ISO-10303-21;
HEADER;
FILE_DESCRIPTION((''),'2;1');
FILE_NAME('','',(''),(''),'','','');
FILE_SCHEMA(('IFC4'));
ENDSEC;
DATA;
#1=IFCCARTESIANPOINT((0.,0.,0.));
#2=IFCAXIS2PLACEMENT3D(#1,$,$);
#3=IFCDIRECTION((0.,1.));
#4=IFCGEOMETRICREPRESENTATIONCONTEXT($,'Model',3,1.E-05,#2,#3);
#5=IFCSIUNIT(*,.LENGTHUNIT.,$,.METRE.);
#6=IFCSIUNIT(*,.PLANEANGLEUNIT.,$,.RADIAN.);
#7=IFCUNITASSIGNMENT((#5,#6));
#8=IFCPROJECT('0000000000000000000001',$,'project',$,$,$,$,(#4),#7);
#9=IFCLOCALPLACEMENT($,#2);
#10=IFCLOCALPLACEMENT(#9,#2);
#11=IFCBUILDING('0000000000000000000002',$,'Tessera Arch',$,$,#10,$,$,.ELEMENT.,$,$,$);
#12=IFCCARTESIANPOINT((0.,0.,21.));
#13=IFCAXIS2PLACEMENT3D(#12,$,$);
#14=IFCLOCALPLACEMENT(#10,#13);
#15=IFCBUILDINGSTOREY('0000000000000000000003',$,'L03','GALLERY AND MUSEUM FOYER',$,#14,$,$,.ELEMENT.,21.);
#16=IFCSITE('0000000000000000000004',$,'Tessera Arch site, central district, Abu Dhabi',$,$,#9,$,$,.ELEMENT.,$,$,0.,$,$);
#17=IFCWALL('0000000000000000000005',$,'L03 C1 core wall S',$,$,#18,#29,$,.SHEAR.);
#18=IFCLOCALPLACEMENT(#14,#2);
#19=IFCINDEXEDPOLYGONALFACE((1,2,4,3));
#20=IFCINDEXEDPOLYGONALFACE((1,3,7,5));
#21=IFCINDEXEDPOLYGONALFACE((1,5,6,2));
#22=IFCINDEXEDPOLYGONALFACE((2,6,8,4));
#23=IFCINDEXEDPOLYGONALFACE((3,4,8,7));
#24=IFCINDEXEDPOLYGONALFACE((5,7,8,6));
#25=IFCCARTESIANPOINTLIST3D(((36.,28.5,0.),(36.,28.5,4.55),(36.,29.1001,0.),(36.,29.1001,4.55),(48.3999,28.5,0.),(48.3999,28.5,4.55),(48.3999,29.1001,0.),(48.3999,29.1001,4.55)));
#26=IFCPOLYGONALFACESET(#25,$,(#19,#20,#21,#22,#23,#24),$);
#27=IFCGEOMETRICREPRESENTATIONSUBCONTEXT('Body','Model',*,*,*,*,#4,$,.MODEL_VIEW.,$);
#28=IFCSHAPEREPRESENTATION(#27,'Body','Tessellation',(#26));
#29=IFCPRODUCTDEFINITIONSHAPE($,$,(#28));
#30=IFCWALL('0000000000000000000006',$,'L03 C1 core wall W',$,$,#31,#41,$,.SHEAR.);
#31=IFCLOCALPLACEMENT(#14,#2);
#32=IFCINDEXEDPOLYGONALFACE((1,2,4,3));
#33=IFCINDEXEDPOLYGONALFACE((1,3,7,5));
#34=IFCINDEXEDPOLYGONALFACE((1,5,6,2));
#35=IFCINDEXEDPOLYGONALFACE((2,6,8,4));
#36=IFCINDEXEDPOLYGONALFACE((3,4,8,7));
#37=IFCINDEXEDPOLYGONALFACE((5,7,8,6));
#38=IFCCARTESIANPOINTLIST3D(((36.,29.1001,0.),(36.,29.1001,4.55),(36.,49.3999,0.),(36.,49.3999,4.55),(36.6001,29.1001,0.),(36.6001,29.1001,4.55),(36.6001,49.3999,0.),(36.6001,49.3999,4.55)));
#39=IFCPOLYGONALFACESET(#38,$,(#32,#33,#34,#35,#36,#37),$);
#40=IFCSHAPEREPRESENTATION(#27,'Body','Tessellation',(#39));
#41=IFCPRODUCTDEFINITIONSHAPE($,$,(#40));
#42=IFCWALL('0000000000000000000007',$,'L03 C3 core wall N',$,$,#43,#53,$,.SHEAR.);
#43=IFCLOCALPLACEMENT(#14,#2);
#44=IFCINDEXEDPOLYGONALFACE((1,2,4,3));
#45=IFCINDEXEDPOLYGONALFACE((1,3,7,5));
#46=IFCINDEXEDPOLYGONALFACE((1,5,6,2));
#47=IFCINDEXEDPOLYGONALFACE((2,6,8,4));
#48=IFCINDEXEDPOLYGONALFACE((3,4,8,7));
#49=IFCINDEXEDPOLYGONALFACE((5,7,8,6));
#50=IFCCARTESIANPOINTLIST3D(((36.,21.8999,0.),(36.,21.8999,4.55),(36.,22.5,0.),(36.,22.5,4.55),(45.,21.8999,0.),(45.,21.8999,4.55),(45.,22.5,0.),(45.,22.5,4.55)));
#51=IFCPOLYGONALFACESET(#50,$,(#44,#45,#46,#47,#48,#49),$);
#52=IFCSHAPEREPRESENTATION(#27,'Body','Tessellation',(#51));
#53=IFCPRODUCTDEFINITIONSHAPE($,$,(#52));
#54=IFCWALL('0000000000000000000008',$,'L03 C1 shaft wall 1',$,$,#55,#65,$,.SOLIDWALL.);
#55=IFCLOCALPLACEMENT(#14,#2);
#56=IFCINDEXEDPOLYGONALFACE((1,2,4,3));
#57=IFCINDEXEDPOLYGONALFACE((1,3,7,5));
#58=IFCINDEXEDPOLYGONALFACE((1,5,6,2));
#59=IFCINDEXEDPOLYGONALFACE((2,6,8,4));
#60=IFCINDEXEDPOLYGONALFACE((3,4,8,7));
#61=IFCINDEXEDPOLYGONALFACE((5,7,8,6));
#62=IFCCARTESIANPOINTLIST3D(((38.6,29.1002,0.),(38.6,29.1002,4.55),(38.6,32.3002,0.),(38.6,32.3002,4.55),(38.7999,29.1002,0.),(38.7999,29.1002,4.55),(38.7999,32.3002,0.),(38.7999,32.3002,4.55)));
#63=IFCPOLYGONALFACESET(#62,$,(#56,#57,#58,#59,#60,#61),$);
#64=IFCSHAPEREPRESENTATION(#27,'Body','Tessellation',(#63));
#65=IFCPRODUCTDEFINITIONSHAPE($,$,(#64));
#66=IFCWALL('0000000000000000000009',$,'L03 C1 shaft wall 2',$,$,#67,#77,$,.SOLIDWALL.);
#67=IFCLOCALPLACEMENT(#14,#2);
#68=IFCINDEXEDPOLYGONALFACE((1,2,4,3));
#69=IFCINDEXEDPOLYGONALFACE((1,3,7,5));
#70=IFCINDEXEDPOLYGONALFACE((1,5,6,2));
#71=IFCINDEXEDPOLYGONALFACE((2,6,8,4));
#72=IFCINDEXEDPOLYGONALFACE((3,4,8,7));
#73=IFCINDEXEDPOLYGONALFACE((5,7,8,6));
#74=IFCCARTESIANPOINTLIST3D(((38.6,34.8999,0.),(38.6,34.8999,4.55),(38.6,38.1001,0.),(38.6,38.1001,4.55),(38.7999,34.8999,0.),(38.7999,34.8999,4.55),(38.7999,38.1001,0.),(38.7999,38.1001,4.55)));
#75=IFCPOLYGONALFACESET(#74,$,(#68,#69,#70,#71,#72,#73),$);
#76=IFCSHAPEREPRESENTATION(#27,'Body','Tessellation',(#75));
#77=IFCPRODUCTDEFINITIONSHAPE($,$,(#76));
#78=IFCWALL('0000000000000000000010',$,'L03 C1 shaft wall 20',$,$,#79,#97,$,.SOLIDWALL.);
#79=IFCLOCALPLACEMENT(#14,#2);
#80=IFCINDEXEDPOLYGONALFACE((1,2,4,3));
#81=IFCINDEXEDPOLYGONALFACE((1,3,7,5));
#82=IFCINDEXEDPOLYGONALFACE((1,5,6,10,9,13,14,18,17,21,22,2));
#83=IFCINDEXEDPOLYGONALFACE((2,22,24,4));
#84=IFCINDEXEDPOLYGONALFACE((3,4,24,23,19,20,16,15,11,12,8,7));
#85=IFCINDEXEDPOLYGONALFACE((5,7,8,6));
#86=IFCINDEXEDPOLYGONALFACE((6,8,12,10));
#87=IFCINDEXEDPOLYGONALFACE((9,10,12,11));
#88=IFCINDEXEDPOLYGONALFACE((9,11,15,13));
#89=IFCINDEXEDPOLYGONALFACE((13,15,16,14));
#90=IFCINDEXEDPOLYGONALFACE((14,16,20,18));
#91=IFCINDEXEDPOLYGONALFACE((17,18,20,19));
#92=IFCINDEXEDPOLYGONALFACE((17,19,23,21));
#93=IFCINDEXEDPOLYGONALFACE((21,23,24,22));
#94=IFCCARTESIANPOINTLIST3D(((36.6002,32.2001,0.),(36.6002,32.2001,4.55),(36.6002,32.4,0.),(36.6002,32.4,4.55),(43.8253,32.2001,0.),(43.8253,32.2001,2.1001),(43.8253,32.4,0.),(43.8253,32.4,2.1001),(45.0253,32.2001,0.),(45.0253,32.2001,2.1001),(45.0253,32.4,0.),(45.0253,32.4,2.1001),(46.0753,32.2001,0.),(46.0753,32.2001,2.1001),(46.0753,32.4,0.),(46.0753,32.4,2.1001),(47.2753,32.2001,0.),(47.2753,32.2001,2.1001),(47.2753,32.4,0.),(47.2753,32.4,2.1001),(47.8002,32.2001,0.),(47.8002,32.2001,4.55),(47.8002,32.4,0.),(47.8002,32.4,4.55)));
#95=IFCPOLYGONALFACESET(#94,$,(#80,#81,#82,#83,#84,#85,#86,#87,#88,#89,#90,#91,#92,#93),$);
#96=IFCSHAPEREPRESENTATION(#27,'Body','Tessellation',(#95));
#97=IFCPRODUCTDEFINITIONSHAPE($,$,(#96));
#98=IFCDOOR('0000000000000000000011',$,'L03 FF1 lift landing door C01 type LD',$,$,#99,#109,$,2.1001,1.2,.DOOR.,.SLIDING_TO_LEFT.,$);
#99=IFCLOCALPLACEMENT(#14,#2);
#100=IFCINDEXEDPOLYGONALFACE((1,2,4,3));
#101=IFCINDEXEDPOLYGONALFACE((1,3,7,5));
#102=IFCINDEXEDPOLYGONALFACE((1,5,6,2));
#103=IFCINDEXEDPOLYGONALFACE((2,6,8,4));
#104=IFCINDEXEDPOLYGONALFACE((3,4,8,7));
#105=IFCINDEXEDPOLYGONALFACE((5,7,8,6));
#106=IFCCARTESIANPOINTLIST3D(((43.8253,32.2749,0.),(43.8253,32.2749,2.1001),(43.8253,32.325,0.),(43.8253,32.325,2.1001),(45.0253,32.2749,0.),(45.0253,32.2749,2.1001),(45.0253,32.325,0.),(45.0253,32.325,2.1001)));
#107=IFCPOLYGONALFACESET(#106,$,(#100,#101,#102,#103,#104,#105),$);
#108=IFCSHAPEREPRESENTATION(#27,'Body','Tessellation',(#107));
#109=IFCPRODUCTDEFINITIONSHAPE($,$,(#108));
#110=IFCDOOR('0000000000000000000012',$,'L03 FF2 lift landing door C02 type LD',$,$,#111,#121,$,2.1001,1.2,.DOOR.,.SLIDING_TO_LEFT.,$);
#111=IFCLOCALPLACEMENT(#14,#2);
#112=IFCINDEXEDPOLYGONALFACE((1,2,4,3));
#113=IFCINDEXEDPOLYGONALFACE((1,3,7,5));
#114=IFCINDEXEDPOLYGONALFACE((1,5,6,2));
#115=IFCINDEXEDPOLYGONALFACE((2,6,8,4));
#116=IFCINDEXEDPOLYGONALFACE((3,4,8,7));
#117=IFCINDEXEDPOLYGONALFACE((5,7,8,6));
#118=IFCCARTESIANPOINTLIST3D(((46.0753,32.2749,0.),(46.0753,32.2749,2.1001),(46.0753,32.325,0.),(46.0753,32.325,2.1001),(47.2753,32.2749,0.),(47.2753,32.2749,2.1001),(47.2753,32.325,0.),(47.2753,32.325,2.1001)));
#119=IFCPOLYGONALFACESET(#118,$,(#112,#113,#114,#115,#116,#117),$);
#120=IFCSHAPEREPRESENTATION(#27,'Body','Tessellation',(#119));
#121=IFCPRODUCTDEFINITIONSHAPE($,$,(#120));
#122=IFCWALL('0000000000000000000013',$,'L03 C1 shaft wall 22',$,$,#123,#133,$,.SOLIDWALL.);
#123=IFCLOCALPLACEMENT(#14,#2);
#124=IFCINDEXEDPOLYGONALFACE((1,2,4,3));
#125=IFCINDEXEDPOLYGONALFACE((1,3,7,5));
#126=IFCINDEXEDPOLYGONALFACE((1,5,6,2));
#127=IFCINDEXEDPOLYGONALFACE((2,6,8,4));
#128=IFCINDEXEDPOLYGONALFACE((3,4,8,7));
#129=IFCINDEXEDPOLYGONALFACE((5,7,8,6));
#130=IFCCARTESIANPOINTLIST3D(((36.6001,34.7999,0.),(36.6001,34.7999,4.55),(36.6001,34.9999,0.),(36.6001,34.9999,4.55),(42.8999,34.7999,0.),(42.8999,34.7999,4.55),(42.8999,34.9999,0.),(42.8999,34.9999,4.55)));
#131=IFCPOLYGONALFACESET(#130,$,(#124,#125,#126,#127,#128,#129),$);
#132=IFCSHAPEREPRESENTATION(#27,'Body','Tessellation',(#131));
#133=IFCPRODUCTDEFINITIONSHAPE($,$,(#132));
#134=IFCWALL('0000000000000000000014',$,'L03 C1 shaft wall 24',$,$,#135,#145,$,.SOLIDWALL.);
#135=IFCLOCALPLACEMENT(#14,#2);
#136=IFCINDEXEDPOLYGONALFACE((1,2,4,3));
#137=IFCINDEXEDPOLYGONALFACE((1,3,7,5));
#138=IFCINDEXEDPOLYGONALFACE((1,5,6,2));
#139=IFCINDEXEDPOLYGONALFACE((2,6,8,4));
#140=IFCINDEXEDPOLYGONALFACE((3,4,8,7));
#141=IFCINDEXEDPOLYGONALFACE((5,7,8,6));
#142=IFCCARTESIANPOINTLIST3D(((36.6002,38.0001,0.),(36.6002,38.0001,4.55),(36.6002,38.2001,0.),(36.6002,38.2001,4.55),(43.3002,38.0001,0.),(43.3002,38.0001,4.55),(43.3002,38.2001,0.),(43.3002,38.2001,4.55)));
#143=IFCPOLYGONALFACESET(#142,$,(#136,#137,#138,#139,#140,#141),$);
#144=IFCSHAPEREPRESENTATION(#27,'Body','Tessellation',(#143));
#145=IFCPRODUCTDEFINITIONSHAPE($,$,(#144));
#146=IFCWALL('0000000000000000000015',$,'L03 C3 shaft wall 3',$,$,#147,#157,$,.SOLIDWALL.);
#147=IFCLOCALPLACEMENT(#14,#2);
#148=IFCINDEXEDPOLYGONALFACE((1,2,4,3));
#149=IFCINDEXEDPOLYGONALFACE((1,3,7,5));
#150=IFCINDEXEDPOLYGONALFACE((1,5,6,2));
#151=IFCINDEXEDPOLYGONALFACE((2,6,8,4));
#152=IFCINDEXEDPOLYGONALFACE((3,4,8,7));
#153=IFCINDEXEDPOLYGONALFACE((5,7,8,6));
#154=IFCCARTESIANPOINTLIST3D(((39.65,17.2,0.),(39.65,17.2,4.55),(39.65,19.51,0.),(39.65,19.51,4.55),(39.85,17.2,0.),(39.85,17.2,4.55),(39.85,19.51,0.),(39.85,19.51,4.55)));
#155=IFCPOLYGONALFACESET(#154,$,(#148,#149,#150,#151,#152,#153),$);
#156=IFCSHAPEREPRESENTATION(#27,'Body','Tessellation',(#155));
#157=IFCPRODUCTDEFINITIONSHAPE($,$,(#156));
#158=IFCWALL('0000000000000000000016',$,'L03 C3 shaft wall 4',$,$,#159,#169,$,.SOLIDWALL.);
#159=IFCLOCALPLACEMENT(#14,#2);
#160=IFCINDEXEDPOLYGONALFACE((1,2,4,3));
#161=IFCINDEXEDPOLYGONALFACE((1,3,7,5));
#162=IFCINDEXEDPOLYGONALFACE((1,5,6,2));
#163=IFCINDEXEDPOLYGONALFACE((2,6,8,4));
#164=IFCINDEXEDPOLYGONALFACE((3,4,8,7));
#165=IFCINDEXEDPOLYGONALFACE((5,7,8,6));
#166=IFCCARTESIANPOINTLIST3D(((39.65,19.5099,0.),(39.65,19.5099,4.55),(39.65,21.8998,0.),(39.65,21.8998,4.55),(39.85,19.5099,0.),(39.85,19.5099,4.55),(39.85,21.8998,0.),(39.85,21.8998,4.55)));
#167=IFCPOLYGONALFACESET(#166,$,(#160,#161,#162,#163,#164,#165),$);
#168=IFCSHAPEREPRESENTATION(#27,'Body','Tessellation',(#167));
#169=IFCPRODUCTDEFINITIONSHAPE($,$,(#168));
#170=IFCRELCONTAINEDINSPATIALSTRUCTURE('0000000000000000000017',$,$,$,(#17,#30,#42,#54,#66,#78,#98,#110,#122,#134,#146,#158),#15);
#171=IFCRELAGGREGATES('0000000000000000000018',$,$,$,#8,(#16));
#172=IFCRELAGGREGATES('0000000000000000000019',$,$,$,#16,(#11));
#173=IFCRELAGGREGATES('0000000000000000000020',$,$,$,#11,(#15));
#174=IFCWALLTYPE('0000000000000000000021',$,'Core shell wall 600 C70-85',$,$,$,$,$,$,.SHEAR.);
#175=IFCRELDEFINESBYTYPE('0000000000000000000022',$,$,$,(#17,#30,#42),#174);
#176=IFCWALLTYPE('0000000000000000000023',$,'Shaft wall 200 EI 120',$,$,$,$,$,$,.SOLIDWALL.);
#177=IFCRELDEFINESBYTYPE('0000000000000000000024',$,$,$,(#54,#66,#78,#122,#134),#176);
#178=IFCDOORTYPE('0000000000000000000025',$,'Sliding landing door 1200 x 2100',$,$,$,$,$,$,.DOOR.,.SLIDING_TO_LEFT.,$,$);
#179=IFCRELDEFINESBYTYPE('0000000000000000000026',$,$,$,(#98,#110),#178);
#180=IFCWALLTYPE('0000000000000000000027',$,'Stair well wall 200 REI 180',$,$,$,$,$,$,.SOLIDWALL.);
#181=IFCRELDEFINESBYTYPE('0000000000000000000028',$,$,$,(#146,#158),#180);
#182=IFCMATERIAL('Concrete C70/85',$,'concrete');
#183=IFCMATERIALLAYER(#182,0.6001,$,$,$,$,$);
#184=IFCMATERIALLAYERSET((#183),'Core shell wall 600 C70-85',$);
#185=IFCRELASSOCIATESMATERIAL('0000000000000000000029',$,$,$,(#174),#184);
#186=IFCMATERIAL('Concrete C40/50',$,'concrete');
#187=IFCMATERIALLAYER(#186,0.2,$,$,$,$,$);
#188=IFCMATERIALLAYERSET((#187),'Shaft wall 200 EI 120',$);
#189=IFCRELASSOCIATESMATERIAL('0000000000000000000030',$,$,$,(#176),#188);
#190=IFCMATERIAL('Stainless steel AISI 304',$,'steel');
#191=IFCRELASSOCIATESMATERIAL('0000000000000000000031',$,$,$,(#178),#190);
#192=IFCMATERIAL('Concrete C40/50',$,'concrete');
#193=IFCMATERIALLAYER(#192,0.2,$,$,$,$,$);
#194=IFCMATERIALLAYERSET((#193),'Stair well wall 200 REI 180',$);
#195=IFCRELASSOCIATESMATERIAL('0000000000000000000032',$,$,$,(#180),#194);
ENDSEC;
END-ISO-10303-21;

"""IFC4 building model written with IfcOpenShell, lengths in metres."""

from ifc_helpers import new_model, si_unit, direction, frame, frame_2d, origin, place, context, subcontext, project, spatial, rectangle, extrude, material, layer, layer_set, type_object, element, fill, save


model = new_model("IFC4")

# Units and contexts
model_context = context("Model", 3, precision=1e-05, world=origin(), true_north=direction((0.0, 1.0)))
body_context = subcontext(model_context, "Body", "Model", "MODEL_VIEW")
ifc_project = project(units=[si_unit("LENGTHUNIT", "METRE"), si_unit("PLANEANGLEUNIT", "RADIAN")], contexts=[model_context])

# Site, building, storey
site_placement = place(None, origin())
site = spatial("IfcSite", under=ifc_project, at=site_placement, Name="Tessera Arch site, central district, Abu Dhabi", CompositionType="ELEMENT", RefElevation=0.0)
building_placement = place(site_placement, origin())
building = spatial("IfcBuilding", under=site, at=building_placement, Name="Tessera Arch", CompositionType="ELEMENT")
storey_placement = place(building_placement, frame((0.0, 0.0, 21.0)))
storey = spatial("IfcBuildingStorey", under=building, at=storey_placement, Name="L03", Description="GALLERY AND MUSEUM FOYER", CompositionType="ELEMENT", Elevation=21.0)

# Walls
ifc_material_1 = material(Name="Concrete C70/85", Category="concrete")
ifc_layer_1 = layer(ifc_material_1, 0.6001)
ifc_layer_set_1 = layer_set([ifc_layer_1], Name="Core shell wall 600 C70-85")
wall_type_1 = type_object("IfcWallType", Name="Core shell wall 600 C70-85", PredefinedType="SHEAR", material=ifc_layer_set_1)
wall_1_placement = place(storey_placement, frame((36.0, 28.8, 0.0), z_axis=(0.0, 0.0, 1.0), x_axis=(1.0, 0.0, 0.0)))
element("IfcWall", 1, at=wall_1_placement, inside=storey, type_object=wall_type_1, Name="L03 C1 core wall S", PredefinedType="SHEAR", context=body_context, shape_type="SweptSolid", body=[
    extrude(rectangle(XDim=12.3999, YDim=0.6001, at=frame_2d((6.2, 0.0))), origin(), (0.0, 0.0, 1.0), 4.55),
])
wall_2_placement = place(storey_placement, frame((36.3, 29.1001, 0.0), z_axis=(0.0, 0.0, 1.0), x_axis=(0.0, 1.0, 0.0)))
element("IfcWall", 2, at=wall_2_placement, inside=storey, type_object=wall_type_1, Name="L03 C1 core wall W", PredefinedType="SHEAR", context=body_context, shape_type="SweptSolid", body=[
    extrude(rectangle(XDim=20.2998, YDim=0.6001, at=frame_2d((10.1499, 0.0))), origin(), (0.0, 0.0, 1.0), 4.55),
])
wall_3_placement = place(storey_placement, frame((36.0, 22.2, 0.0), z_axis=(0.0, 0.0, 1.0), x_axis=(1.0, 0.0, 0.0)))
element("IfcWall", 3, at=wall_3_placement, inside=storey, type_object=wall_type_1, Name="L03 C3 core wall N", PredefinedType="SHEAR", context=body_context, shape_type="SweptSolid", body=[
    extrude(rectangle(XDim=9.0, YDim=0.6001, at=frame_2d((4.5, 0.0))), origin(), (0.0, 0.0, 1.0), 4.55),
])
ifc_material_2 = material(Name="Concrete C40/50", Category="concrete")
ifc_layer_2 = layer(ifc_material_2, 0.2)
ifc_layer_set_2 = layer_set([ifc_layer_2], Name="Shaft wall 200 EI 120")
wall_type_2 = type_object("IfcWallType", Name="Shaft wall 200 EI 120", PredefinedType="SOLIDWALL", material=ifc_layer_set_2)
wall_4_placement = place(storey_placement, frame((38.7, 29.1001, 0.0), z_axis=(0.0, 0.0, 1.0), x_axis=(0.0, 1.0, 0.0)))
element("IfcWall", 4, at=wall_4_placement, inside=storey, type_object=wall_type_2, Name="L03 C1 shaft wall 1", PredefinedType="SOLIDWALL", context=body_context, shape_type="SweptSolid", body=[
    extrude(rectangle(XDim=3.2, YDim=0.2, at=frame_2d((1.6001, 0.0))), origin(), (0.0, 0.0, 1.0), 4.55),
])
wall_5_placement = place(storey_placement, frame((38.7, 34.8999, 0.0), z_axis=(0.0, 0.0, 1.0), x_axis=(0.0, 1.0, 0.0)))
element("IfcWall", 5, at=wall_5_placement, inside=storey, type_object=wall_type_2, Name="L03 C1 shaft wall 2", PredefinedType="SOLIDWALL", context=body_context, shape_type="SweptSolid", body=[
    extrude(rectangle(XDim=3.2002, YDim=0.2, at=frame_2d((1.6001, 0.0))), origin(), (0.0, 0.0, 1.0), 4.55),
])

# Wall, openings, doors
wall_6_placement = place(storey_placement, frame((36.6001, 32.3, 0.0), z_axis=(0.0, 0.0, 1.0), x_axis=(1.0, 0.0, 0.0)))
wall_6 = element("IfcWall", 6, at=wall_6_placement, inside=storey, type_object=wall_type_2, Name="L03 C1 shaft wall 20", PredefinedType="SOLIDWALL", context=body_context, shape_type="SweptSolid", body=[
    extrude(rectangle(XDim=11.2, YDim=0.2, at=frame_2d((5.6001, 0.0))), origin(), (0.0, 0.0, 1.0), 4.55),
])
opening_1_placement = place(wall_6_placement, frame((7.2251, 0.0, 0.0)))
opening_1 = element("IfcOpeningElement", 7, at=opening_1_placement, cuts=wall_6, PredefinedType="OPENING", context=body_context, shape_type="SweptSolid", body=[
    extrude(rectangle(XDim=1.2, YDim=2.1001, at=frame_2d((0.6001, 1.05))), frame((0.0, 0.1099, 0.0), z_axis=(0.0, -1.0, 0.0), x_axis=(1.0, 0.0, 0.0)), (0.0, 0.0, 1.0), 0.22),
])
opening_2_placement = place(wall_6_placement, frame((9.4751, 0.0, 0.0)))
opening_2 = element("IfcOpeningElement", 8, at=opening_2_placement, cuts=wall_6, PredefinedType="OPENING", context=body_context, shape_type="SweptSolid", body=[
    extrude(rectangle(XDim=1.2, YDim=2.1001, at=frame_2d((0.6001, 1.05))), frame((0.0, 0.1099, 0.0), z_axis=(0.0, -1.0, 0.0), x_axis=(1.0, 0.0, 0.0)), (0.0, 0.0, 1.0), 0.22),
])
ifc_material_3 = material(Name="Stainless steel AISI 304", Category="steel")
door_type = type_object("IfcDoorType", Name="Sliding landing door 1200 x 2100", OperationType="SLIDING_TO_LEFT", PredefinedType="DOOR", material=ifc_material_3)
door_1_placement = place(opening_1_placement, origin())
door_1 = element("IfcDoor", 9, at=door_1_placement, inside=storey, type_object=door_type, Name="L03 FF1 lift landing door C01 type LD", OperationType="SLIDING_TO_LEFT", OverallHeight=2.1001, OverallWidth=1.2, PredefinedType="DOOR", context=body_context, shape_type="SweptSolid", body=[
    extrude(rectangle(XDim=1.2, YDim=2.1001, at=frame_2d((0.6001, 1.05))), frame((0.0, 0.0249, 0.0), z_axis=(0.0, -1.0, 0.0), x_axis=(1.0, 0.0, 0.0)), (0.0, 0.0, 1.0), 0.05),
])
fill(opening_1, door_1)
door_2_placement = place(opening_2_placement, origin())
door_2 = element("IfcDoor", 10, at=door_2_placement, inside=storey, type_object=door_type, Name="L03 FF2 lift landing door C02 type LD", OperationType="SLIDING_TO_LEFT", OverallHeight=2.1001, OverallWidth=1.2, PredefinedType="DOOR", context=body_context, shape_type="SweptSolid", body=[
    extrude(rectangle(XDim=1.2, YDim=2.1001, at=frame_2d((0.6001, 1.05))), frame((0.0, 0.0249, 0.0), z_axis=(0.0, -1.0, 0.0), x_axis=(1.0, 0.0, 0.0)), (0.0, 0.0, 1.0), 0.05),
])
fill(opening_2, door_2)

# Walls
wall_7_placement = place(storey_placement, frame((36.6001, 34.8999, 0.0), z_axis=(0.0, 0.0, 1.0), x_axis=(1.0, 0.0, 0.0)))
element("IfcWall", 11, at=wall_7_placement, inside=storey, type_object=wall_type_2, Name="L03 C1 shaft wall 22", PredefinedType="SOLIDWALL", context=body_context, shape_type="SweptSolid", body=[
    extrude(rectangle(XDim=6.2998, YDim=0.2, at=frame_2d((3.1499, 0.0))), origin(), (0.0, 0.0, 1.0), 4.55),
])
wall_8_placement = place(storey_placement, frame((36.6001, 38.1001, 0.0), z_axis=(0.0, 0.0, 1.0), x_axis=(1.0, 0.0, 0.0)))
element("IfcWall", 12, at=wall_8_placement, inside=storey, type_object=wall_type_2, Name="L03 C1 shaft wall 24", PredefinedType="SOLIDWALL", context=body_context, shape_type="SweptSolid", body=[
    extrude(rectangle(XDim=6.7, YDim=0.2, at=frame_2d((3.3501, 0.0))), origin(), (0.0, 0.0, 1.0), 4.55),
])
ifc_material_4 = material(Name="Concrete C40/50", Category="concrete")
ifc_layer_3 = layer(ifc_material_4, 0.2)
ifc_layer_set_3 = layer_set([ifc_layer_3], Name="Stair well wall 200 REI 180")
wall_type_3 = type_object("IfcWallType", Name="Stair well wall 200 REI 180", PredefinedType="SOLIDWALL", material=ifc_layer_set_3)
wall_9_placement = place(storey_placement, frame((39.75, 17.2, 0.0), z_axis=(0.0, 0.0, 1.0), x_axis=(0.0, 1.0, 0.0)))
element("IfcWall", 13, at=wall_9_placement, inside=storey, type_object=wall_type_3, Name="L03 C3 shaft wall 3", PredefinedType="SOLIDWALL", context=body_context, shape_type="SweptSolid", body=[
    extrude(rectangle(XDim=2.3101, YDim=0.2, at=frame_2d((1.155, 0.0))), origin(), (0.0, 0.0, 1.0), 4.55),
])
wall_10_placement = place(storey_placement, frame((39.75, 19.51, 0.0), z_axis=(0.0, 0.0, 1.0), x_axis=(0.0, 1.0, 0.0)))
element("IfcWall", 14, at=wall_10_placement, inside=storey, type_object=wall_type_3, Name="L03 C3 shaft wall 4", PredefinedType="SOLIDWALL", context=body_context, shape_type="SweptSolid", body=[
    extrude(rectangle(XDim=2.3899, YDim=0.2, at=frame_2d((1.1948, 0.0))), origin(), (0.0, 0.0, 1.0), 4.55),
])

save(model, "model.ifc")
